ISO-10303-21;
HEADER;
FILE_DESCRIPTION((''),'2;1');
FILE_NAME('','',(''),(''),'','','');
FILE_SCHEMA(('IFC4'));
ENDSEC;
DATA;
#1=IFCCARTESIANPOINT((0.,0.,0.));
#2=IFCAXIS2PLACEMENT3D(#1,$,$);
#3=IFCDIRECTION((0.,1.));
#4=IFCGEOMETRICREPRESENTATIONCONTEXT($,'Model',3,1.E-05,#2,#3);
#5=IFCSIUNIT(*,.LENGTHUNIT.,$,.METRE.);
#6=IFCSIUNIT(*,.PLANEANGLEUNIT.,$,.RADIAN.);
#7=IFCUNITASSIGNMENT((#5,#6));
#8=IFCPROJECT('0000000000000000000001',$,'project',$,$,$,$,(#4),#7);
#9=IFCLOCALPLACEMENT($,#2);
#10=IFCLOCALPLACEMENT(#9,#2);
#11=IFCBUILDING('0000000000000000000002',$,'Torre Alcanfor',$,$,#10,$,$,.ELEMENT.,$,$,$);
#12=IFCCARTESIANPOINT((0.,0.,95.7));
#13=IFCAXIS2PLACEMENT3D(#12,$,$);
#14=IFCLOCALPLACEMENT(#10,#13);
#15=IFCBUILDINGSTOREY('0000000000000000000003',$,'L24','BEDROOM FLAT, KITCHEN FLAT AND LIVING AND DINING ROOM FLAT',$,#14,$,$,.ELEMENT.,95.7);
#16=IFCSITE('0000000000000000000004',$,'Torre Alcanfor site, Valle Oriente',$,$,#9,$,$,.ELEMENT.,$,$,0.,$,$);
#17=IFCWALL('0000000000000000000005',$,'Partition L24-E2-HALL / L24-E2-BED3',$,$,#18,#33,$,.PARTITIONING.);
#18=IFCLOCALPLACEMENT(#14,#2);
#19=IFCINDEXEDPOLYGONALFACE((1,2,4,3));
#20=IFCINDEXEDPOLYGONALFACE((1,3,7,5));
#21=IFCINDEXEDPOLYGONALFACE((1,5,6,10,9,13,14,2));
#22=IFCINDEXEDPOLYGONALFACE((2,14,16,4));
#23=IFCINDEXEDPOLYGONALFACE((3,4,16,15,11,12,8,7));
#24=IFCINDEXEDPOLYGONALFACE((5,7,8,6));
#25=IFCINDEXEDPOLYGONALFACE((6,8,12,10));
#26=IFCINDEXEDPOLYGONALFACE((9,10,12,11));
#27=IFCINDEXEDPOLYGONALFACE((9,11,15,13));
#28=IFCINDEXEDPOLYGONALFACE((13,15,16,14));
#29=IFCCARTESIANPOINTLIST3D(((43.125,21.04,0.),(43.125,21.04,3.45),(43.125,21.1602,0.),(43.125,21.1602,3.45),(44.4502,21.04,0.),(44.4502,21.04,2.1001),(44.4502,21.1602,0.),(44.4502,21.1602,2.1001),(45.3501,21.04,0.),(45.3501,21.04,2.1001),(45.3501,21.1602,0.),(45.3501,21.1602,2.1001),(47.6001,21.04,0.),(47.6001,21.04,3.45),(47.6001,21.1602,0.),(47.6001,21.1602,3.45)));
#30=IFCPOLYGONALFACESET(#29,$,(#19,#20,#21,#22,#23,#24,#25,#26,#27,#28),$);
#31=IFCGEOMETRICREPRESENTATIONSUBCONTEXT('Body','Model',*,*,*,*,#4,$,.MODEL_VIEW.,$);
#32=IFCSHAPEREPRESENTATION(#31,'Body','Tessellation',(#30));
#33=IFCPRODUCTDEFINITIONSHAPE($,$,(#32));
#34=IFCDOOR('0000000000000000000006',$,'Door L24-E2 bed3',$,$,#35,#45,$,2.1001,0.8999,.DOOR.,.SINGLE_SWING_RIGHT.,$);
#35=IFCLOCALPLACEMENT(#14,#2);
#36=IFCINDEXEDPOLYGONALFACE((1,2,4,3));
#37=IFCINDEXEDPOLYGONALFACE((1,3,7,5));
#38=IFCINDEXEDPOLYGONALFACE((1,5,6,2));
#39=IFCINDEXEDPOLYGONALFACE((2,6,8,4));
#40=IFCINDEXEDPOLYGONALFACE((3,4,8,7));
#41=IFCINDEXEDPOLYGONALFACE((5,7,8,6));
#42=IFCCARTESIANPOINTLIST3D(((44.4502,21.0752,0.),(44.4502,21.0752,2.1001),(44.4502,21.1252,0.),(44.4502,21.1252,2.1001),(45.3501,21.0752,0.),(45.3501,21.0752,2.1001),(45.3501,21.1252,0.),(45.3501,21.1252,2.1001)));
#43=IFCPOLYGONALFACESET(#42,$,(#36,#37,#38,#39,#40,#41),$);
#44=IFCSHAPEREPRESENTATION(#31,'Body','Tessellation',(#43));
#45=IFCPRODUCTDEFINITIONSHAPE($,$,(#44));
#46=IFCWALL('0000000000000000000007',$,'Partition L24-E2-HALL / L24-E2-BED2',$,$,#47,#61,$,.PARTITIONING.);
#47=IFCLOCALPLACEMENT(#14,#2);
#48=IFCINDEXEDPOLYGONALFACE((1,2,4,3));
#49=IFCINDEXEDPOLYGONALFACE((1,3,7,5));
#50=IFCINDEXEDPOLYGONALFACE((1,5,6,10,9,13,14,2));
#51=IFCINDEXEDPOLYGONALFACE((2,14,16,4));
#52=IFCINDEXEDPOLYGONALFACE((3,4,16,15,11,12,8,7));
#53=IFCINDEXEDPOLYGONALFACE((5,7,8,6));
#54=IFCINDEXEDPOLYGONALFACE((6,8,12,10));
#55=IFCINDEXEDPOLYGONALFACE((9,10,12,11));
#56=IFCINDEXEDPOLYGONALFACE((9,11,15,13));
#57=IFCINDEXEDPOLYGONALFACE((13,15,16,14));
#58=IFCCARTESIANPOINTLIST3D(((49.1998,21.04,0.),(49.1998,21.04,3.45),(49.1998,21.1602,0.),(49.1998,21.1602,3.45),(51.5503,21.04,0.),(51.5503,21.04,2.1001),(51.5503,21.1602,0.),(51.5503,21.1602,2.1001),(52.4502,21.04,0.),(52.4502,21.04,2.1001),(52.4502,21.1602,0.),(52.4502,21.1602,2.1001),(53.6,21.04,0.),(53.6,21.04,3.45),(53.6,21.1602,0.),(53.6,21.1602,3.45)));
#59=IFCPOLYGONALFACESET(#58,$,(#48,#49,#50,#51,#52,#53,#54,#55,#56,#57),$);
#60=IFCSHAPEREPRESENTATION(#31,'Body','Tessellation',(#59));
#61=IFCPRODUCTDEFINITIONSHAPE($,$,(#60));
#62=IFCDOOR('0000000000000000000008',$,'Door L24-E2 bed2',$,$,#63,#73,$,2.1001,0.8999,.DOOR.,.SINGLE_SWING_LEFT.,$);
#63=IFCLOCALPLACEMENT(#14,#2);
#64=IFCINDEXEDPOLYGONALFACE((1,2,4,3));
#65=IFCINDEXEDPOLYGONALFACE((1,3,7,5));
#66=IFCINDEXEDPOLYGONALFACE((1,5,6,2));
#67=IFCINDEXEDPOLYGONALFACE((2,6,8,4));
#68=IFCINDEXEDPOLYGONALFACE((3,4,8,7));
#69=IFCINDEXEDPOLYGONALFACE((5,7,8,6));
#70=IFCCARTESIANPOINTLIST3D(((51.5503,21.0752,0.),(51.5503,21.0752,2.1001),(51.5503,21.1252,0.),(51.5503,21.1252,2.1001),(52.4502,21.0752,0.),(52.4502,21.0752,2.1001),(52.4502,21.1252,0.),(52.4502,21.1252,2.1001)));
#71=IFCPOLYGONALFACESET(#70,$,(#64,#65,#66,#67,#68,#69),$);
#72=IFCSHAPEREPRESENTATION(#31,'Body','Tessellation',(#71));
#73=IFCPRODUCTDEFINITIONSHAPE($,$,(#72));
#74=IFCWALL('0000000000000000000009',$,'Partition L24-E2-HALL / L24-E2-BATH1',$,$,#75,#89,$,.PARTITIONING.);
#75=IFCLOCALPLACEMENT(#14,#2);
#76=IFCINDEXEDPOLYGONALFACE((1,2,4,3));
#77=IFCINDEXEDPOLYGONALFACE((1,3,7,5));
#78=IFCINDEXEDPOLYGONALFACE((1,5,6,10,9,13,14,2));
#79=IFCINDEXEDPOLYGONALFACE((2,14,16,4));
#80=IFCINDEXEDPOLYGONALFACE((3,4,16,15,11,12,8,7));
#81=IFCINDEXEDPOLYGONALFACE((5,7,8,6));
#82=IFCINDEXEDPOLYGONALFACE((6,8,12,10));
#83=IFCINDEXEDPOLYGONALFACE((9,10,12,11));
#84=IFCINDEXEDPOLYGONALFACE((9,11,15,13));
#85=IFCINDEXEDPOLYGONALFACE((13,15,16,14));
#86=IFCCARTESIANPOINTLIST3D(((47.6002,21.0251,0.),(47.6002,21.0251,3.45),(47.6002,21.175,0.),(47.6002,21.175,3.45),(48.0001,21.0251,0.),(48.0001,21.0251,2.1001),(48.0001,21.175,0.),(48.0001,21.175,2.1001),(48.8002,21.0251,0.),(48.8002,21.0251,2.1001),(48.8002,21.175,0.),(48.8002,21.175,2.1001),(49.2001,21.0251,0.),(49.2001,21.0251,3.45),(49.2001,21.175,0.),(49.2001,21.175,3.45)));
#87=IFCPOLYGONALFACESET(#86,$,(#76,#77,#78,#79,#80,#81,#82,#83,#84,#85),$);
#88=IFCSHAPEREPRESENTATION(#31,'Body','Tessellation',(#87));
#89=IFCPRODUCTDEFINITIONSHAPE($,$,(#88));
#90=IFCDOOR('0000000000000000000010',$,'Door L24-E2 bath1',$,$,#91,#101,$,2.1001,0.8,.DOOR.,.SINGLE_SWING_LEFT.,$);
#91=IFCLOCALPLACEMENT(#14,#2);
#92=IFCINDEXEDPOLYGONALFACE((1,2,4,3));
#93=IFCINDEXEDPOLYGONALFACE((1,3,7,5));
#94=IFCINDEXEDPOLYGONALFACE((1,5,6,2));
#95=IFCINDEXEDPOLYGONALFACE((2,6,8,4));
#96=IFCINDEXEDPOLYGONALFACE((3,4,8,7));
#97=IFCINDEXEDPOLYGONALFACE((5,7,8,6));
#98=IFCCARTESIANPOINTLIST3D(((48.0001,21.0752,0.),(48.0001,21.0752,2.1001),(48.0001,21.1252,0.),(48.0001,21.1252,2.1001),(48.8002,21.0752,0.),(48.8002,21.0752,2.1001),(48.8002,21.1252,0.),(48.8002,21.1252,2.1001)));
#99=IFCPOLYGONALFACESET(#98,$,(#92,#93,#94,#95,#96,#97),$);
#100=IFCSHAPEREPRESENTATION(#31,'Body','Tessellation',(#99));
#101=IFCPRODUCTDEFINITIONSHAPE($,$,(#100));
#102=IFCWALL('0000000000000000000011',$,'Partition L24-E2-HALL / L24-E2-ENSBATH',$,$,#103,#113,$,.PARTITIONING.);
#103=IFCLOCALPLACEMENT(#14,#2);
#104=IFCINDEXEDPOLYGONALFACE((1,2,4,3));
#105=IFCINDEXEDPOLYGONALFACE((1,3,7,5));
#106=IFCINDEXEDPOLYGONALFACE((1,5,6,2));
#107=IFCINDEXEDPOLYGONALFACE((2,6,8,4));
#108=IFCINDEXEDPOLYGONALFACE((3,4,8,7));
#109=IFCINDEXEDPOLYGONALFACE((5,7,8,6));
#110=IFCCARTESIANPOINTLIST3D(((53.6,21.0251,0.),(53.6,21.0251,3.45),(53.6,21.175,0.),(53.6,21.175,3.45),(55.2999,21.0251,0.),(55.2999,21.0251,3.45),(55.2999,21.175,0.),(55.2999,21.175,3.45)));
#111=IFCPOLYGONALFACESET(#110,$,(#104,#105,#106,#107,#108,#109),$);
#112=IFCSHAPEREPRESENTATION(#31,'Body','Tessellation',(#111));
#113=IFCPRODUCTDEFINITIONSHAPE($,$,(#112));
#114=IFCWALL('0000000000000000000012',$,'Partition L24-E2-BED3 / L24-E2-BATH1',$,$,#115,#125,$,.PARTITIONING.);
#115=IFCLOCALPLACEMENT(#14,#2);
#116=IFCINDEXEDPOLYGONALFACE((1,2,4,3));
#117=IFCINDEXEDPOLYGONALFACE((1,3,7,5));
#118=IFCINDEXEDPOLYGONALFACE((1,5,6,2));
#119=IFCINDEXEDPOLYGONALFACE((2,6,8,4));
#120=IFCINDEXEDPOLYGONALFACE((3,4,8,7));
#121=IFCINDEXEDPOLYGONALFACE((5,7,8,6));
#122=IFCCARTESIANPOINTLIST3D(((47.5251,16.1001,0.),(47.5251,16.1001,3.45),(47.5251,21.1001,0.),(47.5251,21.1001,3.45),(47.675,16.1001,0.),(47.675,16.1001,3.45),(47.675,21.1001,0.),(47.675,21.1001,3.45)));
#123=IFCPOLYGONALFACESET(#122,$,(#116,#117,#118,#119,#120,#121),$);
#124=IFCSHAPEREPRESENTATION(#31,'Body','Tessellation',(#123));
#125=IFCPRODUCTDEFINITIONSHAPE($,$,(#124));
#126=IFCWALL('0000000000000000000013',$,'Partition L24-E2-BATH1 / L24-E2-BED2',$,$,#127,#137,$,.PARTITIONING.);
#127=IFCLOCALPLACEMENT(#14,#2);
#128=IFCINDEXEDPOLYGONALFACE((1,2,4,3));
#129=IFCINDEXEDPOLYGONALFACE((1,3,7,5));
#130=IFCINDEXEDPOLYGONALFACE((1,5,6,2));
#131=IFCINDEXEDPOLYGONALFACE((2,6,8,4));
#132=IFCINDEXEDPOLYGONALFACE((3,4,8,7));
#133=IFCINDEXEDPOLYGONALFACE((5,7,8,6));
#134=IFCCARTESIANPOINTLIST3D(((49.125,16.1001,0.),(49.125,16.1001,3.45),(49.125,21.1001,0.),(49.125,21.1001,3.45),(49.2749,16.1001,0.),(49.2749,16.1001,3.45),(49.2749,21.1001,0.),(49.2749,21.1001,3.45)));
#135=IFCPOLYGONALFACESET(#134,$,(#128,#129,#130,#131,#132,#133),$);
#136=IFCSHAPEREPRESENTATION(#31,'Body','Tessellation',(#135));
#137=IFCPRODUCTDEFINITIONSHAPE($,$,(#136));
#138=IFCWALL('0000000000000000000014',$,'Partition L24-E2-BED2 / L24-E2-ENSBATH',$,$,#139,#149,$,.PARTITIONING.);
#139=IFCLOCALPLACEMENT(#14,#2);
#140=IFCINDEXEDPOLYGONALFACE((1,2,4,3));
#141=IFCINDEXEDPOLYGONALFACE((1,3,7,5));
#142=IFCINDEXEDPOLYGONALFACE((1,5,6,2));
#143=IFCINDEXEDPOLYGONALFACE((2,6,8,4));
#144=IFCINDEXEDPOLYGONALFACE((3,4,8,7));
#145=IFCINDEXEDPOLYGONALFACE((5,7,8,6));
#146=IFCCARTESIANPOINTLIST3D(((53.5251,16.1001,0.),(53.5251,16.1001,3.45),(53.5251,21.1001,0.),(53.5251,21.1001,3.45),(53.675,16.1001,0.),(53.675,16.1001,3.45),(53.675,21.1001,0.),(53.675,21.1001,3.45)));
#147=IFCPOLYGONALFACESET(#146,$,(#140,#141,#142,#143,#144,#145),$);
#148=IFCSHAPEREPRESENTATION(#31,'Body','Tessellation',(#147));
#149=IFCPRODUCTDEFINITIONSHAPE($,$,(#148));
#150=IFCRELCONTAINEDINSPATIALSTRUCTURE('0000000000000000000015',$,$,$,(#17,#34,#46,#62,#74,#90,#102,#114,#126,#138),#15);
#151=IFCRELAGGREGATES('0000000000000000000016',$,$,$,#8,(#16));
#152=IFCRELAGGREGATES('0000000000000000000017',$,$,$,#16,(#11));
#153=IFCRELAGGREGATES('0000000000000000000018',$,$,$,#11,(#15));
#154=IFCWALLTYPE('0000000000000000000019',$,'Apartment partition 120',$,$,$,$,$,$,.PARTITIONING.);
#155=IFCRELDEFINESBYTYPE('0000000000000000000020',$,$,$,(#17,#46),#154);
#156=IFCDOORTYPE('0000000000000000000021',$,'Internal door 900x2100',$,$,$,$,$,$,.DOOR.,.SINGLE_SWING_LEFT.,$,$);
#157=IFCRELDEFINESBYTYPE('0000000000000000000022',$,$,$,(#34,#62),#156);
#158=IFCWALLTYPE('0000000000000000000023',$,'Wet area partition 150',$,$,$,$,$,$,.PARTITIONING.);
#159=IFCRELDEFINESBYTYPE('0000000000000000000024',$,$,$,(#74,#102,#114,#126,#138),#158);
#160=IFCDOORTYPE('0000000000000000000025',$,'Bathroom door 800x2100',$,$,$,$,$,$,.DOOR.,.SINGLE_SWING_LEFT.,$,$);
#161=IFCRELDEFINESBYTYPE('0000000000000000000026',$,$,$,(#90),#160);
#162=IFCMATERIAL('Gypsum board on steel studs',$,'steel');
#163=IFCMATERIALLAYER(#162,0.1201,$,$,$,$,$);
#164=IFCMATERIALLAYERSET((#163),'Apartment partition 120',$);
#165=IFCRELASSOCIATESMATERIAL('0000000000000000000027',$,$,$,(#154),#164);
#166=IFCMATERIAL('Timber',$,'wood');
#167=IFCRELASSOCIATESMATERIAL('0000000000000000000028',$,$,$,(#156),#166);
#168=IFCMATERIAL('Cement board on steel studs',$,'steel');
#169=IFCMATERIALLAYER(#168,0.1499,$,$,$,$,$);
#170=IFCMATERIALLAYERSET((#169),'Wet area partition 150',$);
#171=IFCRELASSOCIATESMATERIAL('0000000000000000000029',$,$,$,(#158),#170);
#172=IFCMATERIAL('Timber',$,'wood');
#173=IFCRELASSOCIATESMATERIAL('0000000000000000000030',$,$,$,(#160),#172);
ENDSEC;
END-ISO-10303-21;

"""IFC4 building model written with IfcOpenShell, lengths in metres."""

from ifc_helpers import new_model, si_unit, direction, frame, frame_2d, origin, place, context, subcontext, project, spatial, rectangle, extrude, material, layer, layer_set, type_object, element, fill, save


model = new_model("IFC4")

# Units and contexts
model_context = context("Model", 3, precision=1e-05, world=origin(), true_north=direction((0.0, 1.0)))
body_context = subcontext(model_context, "Body", "Model", "MODEL_VIEW")
ifc_project = project(units=[si_unit("LENGTHUNIT", "METRE"), si_unit("PLANEANGLEUNIT", "RADIAN")], contexts=[model_context])

# Site, building, storey
site_placement = place(None, origin())
site = spatial("IfcSite", under=ifc_project, at=site_placement, Name="Torre Alcanfor site, Valle Oriente", CompositionType="ELEMENT", RefElevation=0.0)
building_placement = place(site_placement, origin())
building = spatial("IfcBuilding", under=site, at=building_placement, Name="Torre Alcanfor", CompositionType="ELEMENT")
storey_placement = place(building_placement, frame((0.0, 0.0, 95.7)))
storey = spatial("IfcBuildingStorey", under=building, at=storey_placement, Name="L24", Description="BEDROOM FLAT, KITCHEN FLAT AND LIVING AND DINING ROOM FLAT", CompositionType="ELEMENT", Elevation=95.7)

# Walls, openings, doors
ifc_material_1 = material(Name="Gypsum board on steel studs", Category="steel")
ifc_layer_1 = layer(ifc_material_1, 0.1201)
ifc_layer_set_1 = layer_set([ifc_layer_1], Name="Apartment partition 120")
wall_type_1 = type_object("IfcWallType", Name="Apartment partition 120", PredefinedType="PARTITIONING", material=ifc_layer_set_1)
wall_1_placement = place(storey_placement, frame((47.6001, 21.1001, 0.0), z_axis=(0.0, 0.0, 1.0), x_axis=(-1.0, 0.0, 0.0)))
wall_1 = element("IfcWall", 1, at=wall_1_placement, inside=storey, type_object=wall_type_1, Name="Partition L24-E2-HALL / L24-E2-BED3", PredefinedType="PARTITIONING", context=body_context, shape_type="SweptSolid", body=[
    extrude(rectangle(XDim=4.4751, YDim=0.1201, at=frame_2d((2.2375, 0.0))), origin(), (0.0, 0.0, 1.0), 3.45),
])
opening_1_placement = place(wall_1_placement, frame((2.25, 0.0, 0.0)))
opening_1 = element("IfcOpeningElement", 2, at=opening_1_placement, cuts=wall_1, PredefinedType="OPENING", context=body_context, shape_type="SweptSolid", body=[
    extrude(rectangle(XDim=0.8999, YDim=2.1001, at=frame_2d((0.45, 1.05))), frame((0.0, 0.0701, 0.0), z_axis=(0.0, -1.0, 0.0), x_axis=(1.0, 0.0, 0.0)), (0.0, 0.0, 1.0), 0.1401),
])
ifc_material_2 = material(Name="Timber", Category="wood")
door_type_1 = type_object("IfcDoorType", Name="Internal door 900x2100", OperationType="SINGLE_SWING_LEFT", PredefinedType="DOOR", material=ifc_material_2)
door_1_placement = place(opening_1_placement, origin())
door_1 = element("IfcDoor", 3, at=door_1_placement, inside=storey, type_object=door_type_1, Name="Door L24-E2 bed3", OperationType="SINGLE_SWING_RIGHT", OverallHeight=2.1001, OverallWidth=0.8999, PredefinedType="DOOR", context=body_context, shape_type="SweptSolid", body=[
    extrude(rectangle(XDim=0.8999, YDim=2.1001, at=frame_2d((0.45, 1.05))), frame((0.0, 0.0249, 0.0), z_axis=(0.0, -1.0, 0.0), x_axis=(1.0, 0.0, 0.0)), (0.0, 0.0, 1.0), 0.05),
])
fill(opening_1, door_1)
wall_2_placement = place(storey_placement, frame((53.6001, 21.1001, 0.0), z_axis=(0.0, 0.0, 1.0), x_axis=(-1.0, 0.0, 0.0)))
wall_2 = element("IfcWall", 4, at=wall_2_placement, inside=storey, type_object=wall_type_1, Name="Partition L24-E2-HALL / L24-E2-BED2", PredefinedType="PARTITIONING", context=body_context, shape_type="SweptSolid", body=[
    extrude(rectangle(XDim=4.4001, YDim=0.1201, at=frame_2d((2.2002, 0.0))), origin(), (0.0, 0.0, 1.0), 3.45),
])
opening_2_placement = place(wall_2_placement, frame((1.1499, 0.0, 0.0)))
opening_2 = element("IfcOpeningElement", 5, at=opening_2_placement, cuts=wall_2, PredefinedType="OPENING", context=body_context, shape_type="SweptSolid", body=[
    extrude(rectangle(XDim=0.8999, YDim=2.1001, at=frame_2d((0.45, 1.05))), frame((0.0, 0.0701, 0.0), z_axis=(0.0, -1.0, 0.0), x_axis=(1.0, 0.0, 0.0)), (0.0, 0.0, 1.0), 0.1401),
])
door_2_placement = place(opening_2_placement, origin())
door_2 = element("IfcDoor", 6, at=door_2_placement, inside=storey, type_object=door_type_1, Name="Door L24-E2 bed2", OperationType="SINGLE_SWING_LEFT", OverallHeight=2.1001, OverallWidth=0.8999, PredefinedType="DOOR", context=body_context, shape_type="SweptSolid", body=[
    extrude(rectangle(XDim=0.8999, YDim=2.1001, at=frame_2d((0.45, 1.05))), frame((0.0, 0.0249, 0.0), z_axis=(0.0, -1.0, 0.0), x_axis=(1.0, 0.0, 0.0)), (0.0, 0.0, 1.0), 0.05),
])
fill(opening_2, door_2)
ifc_material_3 = material(Name="Cement board on steel studs", Category="steel")
ifc_layer_2 = layer(ifc_material_3, 0.1499)
ifc_layer_set_2 = layer_set([ifc_layer_2], Name="Wet area partition 150")
wall_type_2 = type_object("IfcWallType", Name="Wet area partition 150", PredefinedType="PARTITIONING", material=ifc_layer_set_2)
wall_3_placement = place(storey_placement, frame((49.2, 21.1001, 0.0), z_axis=(0.0, 0.0, 1.0), x_axis=(-1.0, 0.0, 0.0)))
wall_3 = element("IfcWall", 7, at=wall_3_placement, inside=storey, type_object=wall_type_2, Name="Partition L24-E2-HALL / L24-E2-BATH1", PredefinedType="PARTITIONING", context=body_context, shape_type="SweptSolid", body=[
    extrude(rectangle(XDim=1.5999, YDim=0.1499, at=frame_2d((0.7998, 0.0))), origin(), (0.0, 0.0, 1.0), 3.45),
])
opening_3_placement = place(wall_3_placement, frame((0.3999, 0.0, 0.0)))
opening_3 = element("IfcOpeningElement", 8, at=opening_3_placement, cuts=wall_3, PredefinedType="OPENING", context=body_context, shape_type="SweptSolid", body=[
    extrude(rectangle(XDim=0.8, YDim=2.1001, at=frame_2d((0.3999, 1.05))), frame((0.0, 0.085, 0.0), z_axis=(0.0, -1.0, 0.0), x_axis=(1.0, 0.0, 0.0)), (0.0, 0.0, 1.0), 0.1699),
])
ifc_material_4 = material(Name="Timber", Category="wood")
door_type_2 = type_object("IfcDoorType", Name="Bathroom door 800x2100", OperationType="SINGLE_SWING_LEFT", PredefinedType="DOOR", material=ifc_material_4)
door_3_placement = place(opening_3_placement, origin())
door_3 = element("IfcDoor", 9, at=door_3_placement, inside=storey, type_object=door_type_2, Name="Door L24-E2 bath1", OperationType="SINGLE_SWING_LEFT", OverallHeight=2.1001, OverallWidth=0.8, PredefinedType="DOOR", context=body_context, shape_type="SweptSolid", body=[
    extrude(rectangle(XDim=0.8, YDim=2.1001, at=frame_2d((0.3999, 1.05))), frame((0.0, 0.0249, 0.0), z_axis=(0.0, -1.0, 0.0), x_axis=(1.0, 0.0, 0.0)), (0.0, 0.0, 1.0), 0.05),
])
fill(opening_3, door_3)

# Walls
wall_4_placement = place(storey_placement, frame((55.3, 21.1001, 0.0), z_axis=(0.0, 0.0, 1.0), x_axis=(-1.0, 0.0, 0.0)))
element("IfcWall", 10, at=wall_4_placement, inside=storey, type_object=wall_type_2, Name="Partition L24-E2-HALL / L24-E2-ENSBATH", PredefinedType="PARTITIONING", context=body_context, shape_type="SweptSolid", body=[
    extrude(rectangle(XDim=1.7, YDim=0.1499, at=frame_2d((0.8501, 0.0))), origin(), (0.0, 0.0, 1.0), 3.45),
])
for number, where, z_axis, x_axis, name in (
    (11, (47.6001, 21.1001, 0.0), (0.0, 0.0, 1.0), (0.0, -1.0, 0.0), "Partition L24-E2-BED3 / L24-E2-BATH1"),
    (12, (49.2, 21.1001, 0.0), (0.0, 0.0, 1.0), (0.0, -1.0, 0.0), "Partition L24-E2-BATH1 / L24-E2-BED2"),
    (13, (53.6001, 21.1001, 0.0), (0.0, 0.0, 1.0), (0.0, -1.0, 0.0), "Partition L24-E2-BED2 / L24-E2-ENSBATH"),
):
    element("IfcWall", number, at=place(storey_placement, frame(where, z_axis=z_axis, x_axis=x_axis)), inside=storey, type_object=wall_type_2, Name=name, PredefinedType="PARTITIONING", context=body_context, shape_type="SweptSolid", body=[
        extrude(rectangle(XDim=5.0, YDim=0.1499, at=frame_2d((2.5, 0.0))), origin(), (0.0, 0.0, 1.0), 3.45),
    ])

save(model, "model.ifc")
